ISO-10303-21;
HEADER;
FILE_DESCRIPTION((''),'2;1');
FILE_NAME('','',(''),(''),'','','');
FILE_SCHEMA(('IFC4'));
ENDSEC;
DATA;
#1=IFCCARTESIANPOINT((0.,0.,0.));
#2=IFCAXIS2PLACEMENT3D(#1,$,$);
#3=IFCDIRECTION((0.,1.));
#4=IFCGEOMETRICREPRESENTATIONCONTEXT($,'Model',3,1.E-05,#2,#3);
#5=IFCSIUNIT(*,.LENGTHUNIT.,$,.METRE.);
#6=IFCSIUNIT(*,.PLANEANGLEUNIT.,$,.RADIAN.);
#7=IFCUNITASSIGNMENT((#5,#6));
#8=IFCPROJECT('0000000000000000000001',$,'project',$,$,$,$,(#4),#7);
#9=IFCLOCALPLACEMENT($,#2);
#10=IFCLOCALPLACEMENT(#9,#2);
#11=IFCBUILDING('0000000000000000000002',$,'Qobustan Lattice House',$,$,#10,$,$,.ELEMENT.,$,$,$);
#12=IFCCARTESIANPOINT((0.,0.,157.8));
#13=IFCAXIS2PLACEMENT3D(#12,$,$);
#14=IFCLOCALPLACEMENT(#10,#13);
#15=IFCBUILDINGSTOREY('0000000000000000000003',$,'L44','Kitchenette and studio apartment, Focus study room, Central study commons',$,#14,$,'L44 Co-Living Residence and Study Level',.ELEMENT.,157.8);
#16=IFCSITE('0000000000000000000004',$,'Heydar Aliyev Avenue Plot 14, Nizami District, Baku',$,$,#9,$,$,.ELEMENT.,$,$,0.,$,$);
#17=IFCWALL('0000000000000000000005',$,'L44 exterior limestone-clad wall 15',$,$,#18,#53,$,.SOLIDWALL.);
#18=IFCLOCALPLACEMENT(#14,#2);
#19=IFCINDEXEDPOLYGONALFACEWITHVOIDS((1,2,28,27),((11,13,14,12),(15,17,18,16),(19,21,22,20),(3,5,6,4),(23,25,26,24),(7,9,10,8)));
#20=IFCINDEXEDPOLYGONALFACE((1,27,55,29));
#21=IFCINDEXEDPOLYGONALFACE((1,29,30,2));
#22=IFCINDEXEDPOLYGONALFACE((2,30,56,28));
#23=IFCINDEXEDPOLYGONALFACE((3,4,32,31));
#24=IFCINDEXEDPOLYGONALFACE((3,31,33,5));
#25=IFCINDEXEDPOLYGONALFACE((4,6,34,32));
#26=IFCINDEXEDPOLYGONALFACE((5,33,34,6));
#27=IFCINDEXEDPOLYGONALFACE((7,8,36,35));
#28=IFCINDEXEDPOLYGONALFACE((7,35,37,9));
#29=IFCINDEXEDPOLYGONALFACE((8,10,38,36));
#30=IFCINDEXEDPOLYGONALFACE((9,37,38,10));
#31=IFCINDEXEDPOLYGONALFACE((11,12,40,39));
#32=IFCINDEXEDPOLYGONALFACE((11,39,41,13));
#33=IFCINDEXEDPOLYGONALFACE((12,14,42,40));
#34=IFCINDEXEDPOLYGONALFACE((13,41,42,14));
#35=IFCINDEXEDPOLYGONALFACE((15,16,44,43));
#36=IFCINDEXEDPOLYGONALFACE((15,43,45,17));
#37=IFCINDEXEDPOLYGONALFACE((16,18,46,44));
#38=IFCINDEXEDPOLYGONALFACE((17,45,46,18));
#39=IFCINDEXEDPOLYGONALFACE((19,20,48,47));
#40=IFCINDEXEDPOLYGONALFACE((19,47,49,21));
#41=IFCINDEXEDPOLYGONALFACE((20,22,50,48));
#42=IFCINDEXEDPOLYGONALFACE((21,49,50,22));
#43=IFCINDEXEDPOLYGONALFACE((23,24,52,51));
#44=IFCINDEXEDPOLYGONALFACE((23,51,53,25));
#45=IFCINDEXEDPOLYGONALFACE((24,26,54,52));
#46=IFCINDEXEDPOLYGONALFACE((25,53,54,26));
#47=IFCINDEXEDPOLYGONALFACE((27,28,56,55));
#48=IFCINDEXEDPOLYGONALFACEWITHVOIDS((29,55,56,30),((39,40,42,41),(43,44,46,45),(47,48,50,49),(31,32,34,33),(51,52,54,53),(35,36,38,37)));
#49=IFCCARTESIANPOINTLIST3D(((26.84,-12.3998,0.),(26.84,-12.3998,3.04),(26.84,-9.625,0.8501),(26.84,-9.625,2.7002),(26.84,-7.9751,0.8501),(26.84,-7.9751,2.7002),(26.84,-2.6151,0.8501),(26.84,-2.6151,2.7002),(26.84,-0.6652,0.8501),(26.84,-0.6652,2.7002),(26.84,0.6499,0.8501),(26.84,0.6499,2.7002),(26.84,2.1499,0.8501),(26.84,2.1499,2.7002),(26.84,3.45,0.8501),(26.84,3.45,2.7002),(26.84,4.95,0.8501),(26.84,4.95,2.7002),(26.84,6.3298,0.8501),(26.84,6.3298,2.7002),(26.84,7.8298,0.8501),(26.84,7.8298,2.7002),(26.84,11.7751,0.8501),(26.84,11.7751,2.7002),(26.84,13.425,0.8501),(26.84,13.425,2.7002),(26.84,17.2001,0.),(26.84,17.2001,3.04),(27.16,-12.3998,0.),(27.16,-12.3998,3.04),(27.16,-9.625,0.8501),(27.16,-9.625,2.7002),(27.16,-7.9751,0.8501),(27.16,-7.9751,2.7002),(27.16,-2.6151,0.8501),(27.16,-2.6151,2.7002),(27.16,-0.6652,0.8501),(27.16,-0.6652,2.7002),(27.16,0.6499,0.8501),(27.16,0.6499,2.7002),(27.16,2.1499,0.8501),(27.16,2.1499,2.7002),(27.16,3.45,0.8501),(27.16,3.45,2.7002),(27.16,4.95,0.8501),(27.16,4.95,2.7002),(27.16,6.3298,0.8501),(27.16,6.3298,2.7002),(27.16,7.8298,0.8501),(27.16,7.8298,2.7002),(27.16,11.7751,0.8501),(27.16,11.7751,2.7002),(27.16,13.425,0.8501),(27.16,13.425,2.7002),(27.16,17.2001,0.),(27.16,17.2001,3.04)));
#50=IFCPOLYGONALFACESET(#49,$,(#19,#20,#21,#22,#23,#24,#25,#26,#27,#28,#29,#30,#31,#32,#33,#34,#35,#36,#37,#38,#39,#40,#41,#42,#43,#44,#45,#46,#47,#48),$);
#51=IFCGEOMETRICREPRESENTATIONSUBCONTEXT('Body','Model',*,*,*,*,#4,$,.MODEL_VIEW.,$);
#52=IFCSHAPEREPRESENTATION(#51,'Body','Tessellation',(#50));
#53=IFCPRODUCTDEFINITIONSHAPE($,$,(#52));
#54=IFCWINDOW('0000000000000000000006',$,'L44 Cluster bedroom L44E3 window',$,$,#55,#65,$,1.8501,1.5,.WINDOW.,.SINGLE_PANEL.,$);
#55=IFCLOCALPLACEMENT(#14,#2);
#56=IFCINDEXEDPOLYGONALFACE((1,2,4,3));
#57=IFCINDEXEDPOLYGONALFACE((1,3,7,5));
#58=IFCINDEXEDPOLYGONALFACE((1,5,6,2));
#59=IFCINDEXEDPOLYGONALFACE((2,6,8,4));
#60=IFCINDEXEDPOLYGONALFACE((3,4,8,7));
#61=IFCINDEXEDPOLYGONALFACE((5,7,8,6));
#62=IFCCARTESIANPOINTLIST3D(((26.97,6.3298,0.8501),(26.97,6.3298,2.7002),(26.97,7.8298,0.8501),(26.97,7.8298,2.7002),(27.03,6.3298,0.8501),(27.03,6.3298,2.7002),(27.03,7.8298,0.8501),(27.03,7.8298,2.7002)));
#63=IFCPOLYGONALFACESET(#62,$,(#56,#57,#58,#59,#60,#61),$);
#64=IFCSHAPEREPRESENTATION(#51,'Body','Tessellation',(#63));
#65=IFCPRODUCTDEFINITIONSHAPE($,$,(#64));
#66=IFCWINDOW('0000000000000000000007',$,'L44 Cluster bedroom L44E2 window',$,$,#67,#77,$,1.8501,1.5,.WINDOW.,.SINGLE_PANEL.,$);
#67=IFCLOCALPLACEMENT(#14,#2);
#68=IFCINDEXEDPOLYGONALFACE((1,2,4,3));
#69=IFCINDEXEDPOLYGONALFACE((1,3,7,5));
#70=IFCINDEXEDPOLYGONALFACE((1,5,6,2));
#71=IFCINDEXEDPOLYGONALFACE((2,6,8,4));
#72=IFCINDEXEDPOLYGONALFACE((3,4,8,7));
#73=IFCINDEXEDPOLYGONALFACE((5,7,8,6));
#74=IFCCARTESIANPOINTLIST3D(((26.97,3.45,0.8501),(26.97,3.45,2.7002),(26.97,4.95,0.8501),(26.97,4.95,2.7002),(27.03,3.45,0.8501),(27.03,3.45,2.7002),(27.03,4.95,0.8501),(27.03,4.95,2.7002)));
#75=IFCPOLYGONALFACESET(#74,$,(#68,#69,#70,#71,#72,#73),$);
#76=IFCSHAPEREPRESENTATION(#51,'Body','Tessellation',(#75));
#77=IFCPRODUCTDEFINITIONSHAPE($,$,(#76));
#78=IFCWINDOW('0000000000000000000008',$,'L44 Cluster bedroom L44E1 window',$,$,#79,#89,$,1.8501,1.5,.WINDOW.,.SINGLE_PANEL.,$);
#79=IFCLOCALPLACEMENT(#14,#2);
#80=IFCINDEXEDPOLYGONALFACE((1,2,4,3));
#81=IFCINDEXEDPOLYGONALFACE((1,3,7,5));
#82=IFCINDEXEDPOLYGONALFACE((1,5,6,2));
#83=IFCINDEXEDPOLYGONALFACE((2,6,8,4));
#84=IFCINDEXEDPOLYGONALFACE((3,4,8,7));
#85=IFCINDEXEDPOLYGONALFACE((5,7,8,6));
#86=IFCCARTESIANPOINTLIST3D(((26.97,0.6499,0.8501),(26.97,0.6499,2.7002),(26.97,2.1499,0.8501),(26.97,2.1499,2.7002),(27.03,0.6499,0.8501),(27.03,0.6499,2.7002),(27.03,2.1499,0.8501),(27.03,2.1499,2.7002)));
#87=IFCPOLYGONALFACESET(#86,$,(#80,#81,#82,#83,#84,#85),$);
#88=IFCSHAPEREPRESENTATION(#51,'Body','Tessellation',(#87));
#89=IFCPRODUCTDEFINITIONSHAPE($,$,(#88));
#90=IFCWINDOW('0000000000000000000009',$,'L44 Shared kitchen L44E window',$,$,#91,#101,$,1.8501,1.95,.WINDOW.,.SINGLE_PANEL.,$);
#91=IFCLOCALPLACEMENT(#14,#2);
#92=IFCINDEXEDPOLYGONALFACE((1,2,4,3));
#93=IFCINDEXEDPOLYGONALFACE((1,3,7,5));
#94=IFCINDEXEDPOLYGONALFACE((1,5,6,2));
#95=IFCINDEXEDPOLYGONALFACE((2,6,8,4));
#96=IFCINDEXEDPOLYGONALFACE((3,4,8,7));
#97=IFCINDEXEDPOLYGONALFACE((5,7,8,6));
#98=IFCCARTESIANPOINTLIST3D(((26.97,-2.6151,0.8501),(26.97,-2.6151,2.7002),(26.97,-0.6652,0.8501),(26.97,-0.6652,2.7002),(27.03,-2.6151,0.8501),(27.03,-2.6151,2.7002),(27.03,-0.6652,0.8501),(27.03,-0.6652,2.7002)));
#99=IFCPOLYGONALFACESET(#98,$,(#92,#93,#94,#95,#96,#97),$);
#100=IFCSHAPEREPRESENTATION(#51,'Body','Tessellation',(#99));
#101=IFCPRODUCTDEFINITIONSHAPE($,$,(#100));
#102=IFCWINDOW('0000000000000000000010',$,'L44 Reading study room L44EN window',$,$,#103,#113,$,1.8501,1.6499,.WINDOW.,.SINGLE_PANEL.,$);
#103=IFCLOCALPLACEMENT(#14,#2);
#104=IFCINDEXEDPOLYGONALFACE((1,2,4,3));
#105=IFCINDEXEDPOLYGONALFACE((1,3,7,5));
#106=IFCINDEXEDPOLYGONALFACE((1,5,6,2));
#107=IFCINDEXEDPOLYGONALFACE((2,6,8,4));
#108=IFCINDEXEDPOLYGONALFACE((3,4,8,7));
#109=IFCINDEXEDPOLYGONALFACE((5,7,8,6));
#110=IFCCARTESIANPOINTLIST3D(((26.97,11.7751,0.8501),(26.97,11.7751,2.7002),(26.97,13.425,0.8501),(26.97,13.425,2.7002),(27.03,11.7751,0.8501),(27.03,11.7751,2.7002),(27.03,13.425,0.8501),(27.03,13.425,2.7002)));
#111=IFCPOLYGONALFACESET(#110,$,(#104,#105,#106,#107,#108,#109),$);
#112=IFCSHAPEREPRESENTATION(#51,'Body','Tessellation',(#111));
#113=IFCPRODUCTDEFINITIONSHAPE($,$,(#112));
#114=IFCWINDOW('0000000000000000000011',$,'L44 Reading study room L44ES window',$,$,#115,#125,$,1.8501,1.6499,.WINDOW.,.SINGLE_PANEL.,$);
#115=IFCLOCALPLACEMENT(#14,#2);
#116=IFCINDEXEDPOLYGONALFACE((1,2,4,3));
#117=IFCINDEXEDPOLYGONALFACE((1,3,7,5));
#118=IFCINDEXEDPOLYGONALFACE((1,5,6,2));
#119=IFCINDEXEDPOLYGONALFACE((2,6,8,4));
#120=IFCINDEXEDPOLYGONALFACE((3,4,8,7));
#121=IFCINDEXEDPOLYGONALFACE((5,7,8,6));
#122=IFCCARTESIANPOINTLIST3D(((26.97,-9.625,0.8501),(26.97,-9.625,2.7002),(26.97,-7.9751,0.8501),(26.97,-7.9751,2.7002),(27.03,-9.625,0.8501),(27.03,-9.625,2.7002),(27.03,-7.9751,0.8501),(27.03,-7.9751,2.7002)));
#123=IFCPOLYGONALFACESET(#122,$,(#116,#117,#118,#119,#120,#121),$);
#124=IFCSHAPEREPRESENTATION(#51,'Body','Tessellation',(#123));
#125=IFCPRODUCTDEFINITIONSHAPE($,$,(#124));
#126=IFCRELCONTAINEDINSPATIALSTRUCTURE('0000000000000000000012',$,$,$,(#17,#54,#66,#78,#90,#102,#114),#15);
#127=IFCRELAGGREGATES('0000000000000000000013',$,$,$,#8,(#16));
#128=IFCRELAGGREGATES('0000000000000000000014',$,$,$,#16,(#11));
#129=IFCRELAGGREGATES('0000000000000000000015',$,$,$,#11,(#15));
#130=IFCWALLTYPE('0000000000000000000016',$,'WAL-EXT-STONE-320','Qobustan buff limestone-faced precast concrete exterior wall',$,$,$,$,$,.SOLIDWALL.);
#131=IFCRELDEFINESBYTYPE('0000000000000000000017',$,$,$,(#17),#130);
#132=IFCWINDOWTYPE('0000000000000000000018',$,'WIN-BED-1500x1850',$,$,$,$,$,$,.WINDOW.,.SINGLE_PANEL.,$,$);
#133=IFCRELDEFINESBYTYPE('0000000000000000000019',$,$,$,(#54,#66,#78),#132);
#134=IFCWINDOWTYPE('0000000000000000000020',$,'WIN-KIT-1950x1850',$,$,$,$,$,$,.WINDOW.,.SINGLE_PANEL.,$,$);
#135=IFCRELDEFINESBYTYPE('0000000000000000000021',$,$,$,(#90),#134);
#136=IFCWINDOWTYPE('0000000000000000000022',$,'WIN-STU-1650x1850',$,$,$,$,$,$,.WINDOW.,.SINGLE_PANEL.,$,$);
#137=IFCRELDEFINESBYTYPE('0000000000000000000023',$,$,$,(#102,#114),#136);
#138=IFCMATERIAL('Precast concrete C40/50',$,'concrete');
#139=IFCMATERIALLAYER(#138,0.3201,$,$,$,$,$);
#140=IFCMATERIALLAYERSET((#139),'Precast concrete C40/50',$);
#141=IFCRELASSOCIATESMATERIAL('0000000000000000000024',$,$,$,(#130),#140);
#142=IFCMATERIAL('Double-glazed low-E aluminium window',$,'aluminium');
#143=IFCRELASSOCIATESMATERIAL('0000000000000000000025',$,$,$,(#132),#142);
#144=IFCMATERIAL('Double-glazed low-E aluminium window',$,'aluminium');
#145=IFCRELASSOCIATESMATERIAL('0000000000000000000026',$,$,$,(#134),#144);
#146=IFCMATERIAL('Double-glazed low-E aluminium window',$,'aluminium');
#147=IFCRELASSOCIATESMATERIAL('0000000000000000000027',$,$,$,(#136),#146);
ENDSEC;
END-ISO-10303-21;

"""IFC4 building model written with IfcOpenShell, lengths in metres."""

from ifc_helpers import new_model, si_unit, direction, frame, frame_2d, origin, place, context, subcontext, project, spatial, rectangle, extrude, material, layer, layer_set, type_object, element, fill, save


model = new_model("IFC4")

# Units and contexts
model_context = context("Model", 3, precision=1e-05, world=origin(), true_north=direction((0.0, 1.0)))
body_context = subcontext(model_context, "Body", "Model", "MODEL_VIEW")
ifc_project = project(units=[si_unit("LENGTHUNIT", "METRE"), si_unit("PLANEANGLEUNIT", "RADIAN")], contexts=[model_context])

# Site, building, storey
site_placement = place(None, origin())
site = spatial("IfcSite", under=ifc_project, at=site_placement, Name="Heydar Aliyev Avenue Plot 14, Nizami District, Baku", CompositionType="ELEMENT", RefElevation=0.0)
building_placement = place(site_placement, origin())
building = spatial("IfcBuilding", under=site, at=building_placement, Name="Qobustan Lattice House", CompositionType="ELEMENT")
storey_placement = place(building_placement, frame((0.0, 0.0, 157.8)))
storey = spatial("IfcBuildingStorey", under=building, at=storey_placement, Name="L44", Description="Kitchenette and studio apartment, Focus study room, Central study commons", LongName="L44 Co-Living Residence and Study Level", CompositionType="ELEMENT", Elevation=157.8)

# Shared definitions
ifc_material_1 = material(Name="Precast concrete C40/50", Category="concrete")
ifc_layer_1 = layer(ifc_material_1, 0.3201)
ifc_layer_set_1 = layer_set([ifc_layer_1], Name="Precast concrete C40/50")
wall_type = type_object("IfcWallType", Name="WAL-EXT-STONE-320", Description="Qobustan buff limestone-faced precast concrete exterior wall", PredefinedType="SOLIDWALL", material=ifc_layer_set_1)

# Wall, openings, windows
wall_1_placement = place(storey_placement, frame((27.0, 17.2, 0.0), z_axis=(0.0, 0.0, 1.0), x_axis=(0.0, -1.0, 0.0)))
wall_1 = element("IfcWall", 1, at=wall_1_placement, inside=storey, type_object=wall_type, Name="L44 exterior limestone-clad wall 15", PredefinedType="SOLIDWALL", context=body_context, shape_type="SweptSolid", body=[
    extrude(rectangle(XDim=29.5999, YDim=0.3201, at=frame_2d((14.7998, 0.0))), origin(), (0.0, 0.0, 1.0), 3.04),
])
opening_1_placement = place(wall_1_placement, frame((3.7749, 0.0, 0.8501)))
opening_1 = element("IfcOpeningElement", 2, at=opening_1_placement, cuts=wall_1, PredefinedType="OPENING", context=body_context, shape_type="SweptSolid", body=[
    extrude(rectangle(XDim=1.6499, YDim=1.8501, at=frame_2d((0.825, 0.925))), frame((0.0, 0.1699, 0.0), z_axis=(0.0, -1.0, 0.0), x_axis=(1.0, 0.0, 0.0)), (0.0, 0.0, 1.0), 0.3401),
])
opening_2_placement = place(wall_1_placement, frame((9.3701, 0.0, 0.8501)))
opening_2 = element("IfcOpeningElement", 3, at=opening_2_placement, cuts=wall_1, PredefinedType="OPENING", context=body_context, shape_type="SweptSolid", body=[
    extrude(rectangle(XDim=1.5, YDim=1.8501, at=frame_2d((0.75, 0.925))), frame((0.0, 0.1699, 0.0), z_axis=(0.0, -1.0, 0.0), x_axis=(1.0, 0.0, 0.0)), (0.0, 0.0, 1.0), 0.3401),
])
opening_3_placement = place(wall_1_placement, frame((12.25, 0.0, 0.8501)))
opening_3 = element("IfcOpeningElement", 4, at=opening_3_placement, cuts=wall_1, PredefinedType="OPENING", context=body_context, shape_type="SweptSolid", body=[
    extrude(rectangle(XDim=1.5, YDim=1.8501, at=frame_2d((0.75, 0.925))), frame((0.0, 0.1699, 0.0), z_axis=(0.0, -1.0, 0.0), x_axis=(1.0, 0.0, 0.0)), (0.0, 0.0, 1.0), 0.3401),
])
opening_4_placement = place(wall_1_placement, frame((15.05, 0.0, 0.8501)))
opening_4 = element("IfcOpeningElement", 5, at=opening_4_placement, cuts=wall_1, PredefinedType="OPENING", context=body_context, shape_type="SweptSolid", body=[
    extrude(rectangle(XDim=1.5, YDim=1.8501, at=frame_2d((0.75, 0.925))), frame((0.0, 0.1699, 0.0), z_axis=(0.0, -1.0, 0.0), x_axis=(1.0, 0.0, 0.0)), (0.0, 0.0, 1.0), 0.3401),
])
opening_5_placement = place(wall_1_placement, frame((17.865, 0.0, 0.8501)))
opening_5 = element("IfcOpeningElement", 6, at=opening_5_placement, cuts=wall_1, PredefinedType="OPENING", context=body_context, shape_type="SweptSolid", body=[
    extrude(rectangle(XDim=1.95, YDim=1.8501, at=frame_2d((0.9751, 0.925))), frame((0.0, 0.1699, 0.0), z_axis=(0.0, -1.0, 0.0), x_axis=(1.0, 0.0, 0.0)), (0.0, 0.0, 1.0), 0.3401),
])
opening_6_placement = place(wall_1_placement, frame((25.175, 0.0, 0.8501)))
opening_6 = element("IfcOpeningElement", 7, at=opening_6_placement, cuts=wall_1, PredefinedType="OPENING", context=body_context, shape_type="SweptSolid", body=[
    extrude(rectangle(XDim=1.6499, YDim=1.8501, at=frame_2d((0.825, 0.925))), frame((0.0, 0.1699, 0.0), z_axis=(0.0, -1.0, 0.0), x_axis=(1.0, 0.0, 0.0)), (0.0, 0.0, 1.0), 0.3401),
])
ifc_material_2 = material(Name="Double-glazed low-E aluminium window", Category="aluminium")
window_type_1 = type_object("IfcWindowType", Name="WIN-BED-1500x1850", PartitioningType="SINGLE_PANEL", PredefinedType="WINDOW", material=ifc_material_2)
window_1_placement = place(opening_2_placement, origin())
window_1 = element("IfcWindow", 8, at=window_1_placement, inside=storey, type_object=window_type_1, Name="L44 Cluster bedroom L44E3 window", OverallHeight=1.8501, OverallWidth=1.5, PartitioningType="SINGLE_PANEL", PredefinedType="WINDOW", context=body_context, shape_type="SweptSolid", body=[
    extrude(rectangle(XDim=1.5, YDim=1.8501, at=frame_2d((0.75, 0.925))), frame((0.0, 0.03, 0.0), z_axis=(0.0, -1.0, 0.0), x_axis=(1.0, 0.0, 0.0)), (0.0, 0.0, 1.0), 0.0601),
])
fill(opening_2, window_1)
window_2_placement = place(opening_3_placement, origin())
window_2 = element("IfcWindow", 9, at=window_2_placement, inside=storey, type_object=window_type_1, Name="L44 Cluster bedroom L44E2 window", OverallHeight=1.8501, OverallWidth=1.5, PartitioningType="SINGLE_PANEL", PredefinedType="WINDOW", context=body_context, shape_type="SweptSolid", body=[
    extrude(rectangle(XDim=1.5, YDim=1.8501, at=frame_2d((0.75, 0.925))), frame((0.0, 0.03, 0.0), z_axis=(0.0, -1.0, 0.0), x_axis=(1.0, 0.0, 0.0)), (0.0, 0.0, 1.0), 0.0601),
])
fill(opening_3, window_2)
window_3_placement = place(opening_4_placement, origin())
window_3 = element("IfcWindow", 10, at=window_3_placement, inside=storey, type_object=window_type_1, Name="L44 Cluster bedroom L44E1 window", OverallHeight=1.8501, OverallWidth=1.5, PartitioningType="SINGLE_PANEL", PredefinedType="WINDOW", context=body_context, shape_type="SweptSolid", body=[
    extrude(rectangle(XDim=1.5, YDim=1.8501, at=frame_2d((0.75, 0.925))), frame((0.0, 0.03, 0.0), z_axis=(0.0, -1.0, 0.0), x_axis=(1.0, 0.0, 0.0)), (0.0, 0.0, 1.0), 0.0601),
])
fill(opening_4, window_3)
ifc_material_3 = material(Name="Double-glazed low-E aluminium window", Category="aluminium")
window_type_2 = type_object("IfcWindowType", Name="WIN-KIT-1950x1850", PartitioningType="SINGLE_PANEL", PredefinedType="WINDOW", material=ifc_material_3)
window_4_placement = place(opening_5_placement, origin())
window_4 = element("IfcWindow", 11, at=window_4_placement, inside=storey, type_object=window_type_2, Name="L44 Shared kitchen L44E window", OverallHeight=1.8501, OverallWidth=1.95, PartitioningType="SINGLE_PANEL", PredefinedType="WINDOW", context=body_context, shape_type="SweptSolid", body=[
    extrude(rectangle(XDim=1.95, YDim=1.8501, at=frame_2d((0.9751, 0.925))), frame((0.0, 0.03, 0.0), z_axis=(0.0, -1.0, 0.0), x_axis=(1.0, 0.0, 0.0)), (0.0, 0.0, 1.0), 0.0601),
])
fill(opening_5, window_4)
ifc_material_4 = material(Name="Double-glazed low-E aluminium window", Category="aluminium")
window_type_3 = type_object("IfcWindowType", Name="WIN-STU-1650x1850", PartitioningType="SINGLE_PANEL", PredefinedType="WINDOW", material=ifc_material_4)
window_5_placement = place(opening_1_placement, origin())
window_5 = element("IfcWindow", 12, at=window_5_placement, inside=storey, type_object=window_type_3, Name="L44 Reading study room L44EN window", OverallHeight=1.8501, OverallWidth=1.6499, PartitioningType="SINGLE_PANEL", PredefinedType="WINDOW", context=body_context, shape_type="SweptSolid", body=[
    extrude(rectangle(XDim=1.6499, YDim=1.8501, at=frame_2d((0.825, 0.925))), frame((0.0, 0.03, 0.0), z_axis=(0.0, -1.0, 0.0), x_axis=(1.0, 0.0, 0.0)), (0.0, 0.0, 1.0), 0.0601),
])
fill(opening_1, window_5)
window_6_placement = place(opening_6_placement, origin())
window_6 = element("IfcWindow", 13, at=window_6_placement, inside=storey, type_object=window_type_3, Name="L44 Reading study room L44ES window", OverallHeight=1.8501, OverallWidth=1.6499, PartitioningType="SINGLE_PANEL", PredefinedType="WINDOW", context=body_context, shape_type="SweptSolid", body=[
    extrude(rectangle(XDim=1.6499, YDim=1.8501, at=frame_2d((0.825, 0.925))), frame((0.0, 0.03, 0.0), z_axis=(0.0, -1.0, 0.0), x_axis=(1.0, 0.0, 0.0)), (0.0, 0.0, 1.0), 0.0601),
])
fill(opening_6, window_6)

save(model, "model.ifc")
